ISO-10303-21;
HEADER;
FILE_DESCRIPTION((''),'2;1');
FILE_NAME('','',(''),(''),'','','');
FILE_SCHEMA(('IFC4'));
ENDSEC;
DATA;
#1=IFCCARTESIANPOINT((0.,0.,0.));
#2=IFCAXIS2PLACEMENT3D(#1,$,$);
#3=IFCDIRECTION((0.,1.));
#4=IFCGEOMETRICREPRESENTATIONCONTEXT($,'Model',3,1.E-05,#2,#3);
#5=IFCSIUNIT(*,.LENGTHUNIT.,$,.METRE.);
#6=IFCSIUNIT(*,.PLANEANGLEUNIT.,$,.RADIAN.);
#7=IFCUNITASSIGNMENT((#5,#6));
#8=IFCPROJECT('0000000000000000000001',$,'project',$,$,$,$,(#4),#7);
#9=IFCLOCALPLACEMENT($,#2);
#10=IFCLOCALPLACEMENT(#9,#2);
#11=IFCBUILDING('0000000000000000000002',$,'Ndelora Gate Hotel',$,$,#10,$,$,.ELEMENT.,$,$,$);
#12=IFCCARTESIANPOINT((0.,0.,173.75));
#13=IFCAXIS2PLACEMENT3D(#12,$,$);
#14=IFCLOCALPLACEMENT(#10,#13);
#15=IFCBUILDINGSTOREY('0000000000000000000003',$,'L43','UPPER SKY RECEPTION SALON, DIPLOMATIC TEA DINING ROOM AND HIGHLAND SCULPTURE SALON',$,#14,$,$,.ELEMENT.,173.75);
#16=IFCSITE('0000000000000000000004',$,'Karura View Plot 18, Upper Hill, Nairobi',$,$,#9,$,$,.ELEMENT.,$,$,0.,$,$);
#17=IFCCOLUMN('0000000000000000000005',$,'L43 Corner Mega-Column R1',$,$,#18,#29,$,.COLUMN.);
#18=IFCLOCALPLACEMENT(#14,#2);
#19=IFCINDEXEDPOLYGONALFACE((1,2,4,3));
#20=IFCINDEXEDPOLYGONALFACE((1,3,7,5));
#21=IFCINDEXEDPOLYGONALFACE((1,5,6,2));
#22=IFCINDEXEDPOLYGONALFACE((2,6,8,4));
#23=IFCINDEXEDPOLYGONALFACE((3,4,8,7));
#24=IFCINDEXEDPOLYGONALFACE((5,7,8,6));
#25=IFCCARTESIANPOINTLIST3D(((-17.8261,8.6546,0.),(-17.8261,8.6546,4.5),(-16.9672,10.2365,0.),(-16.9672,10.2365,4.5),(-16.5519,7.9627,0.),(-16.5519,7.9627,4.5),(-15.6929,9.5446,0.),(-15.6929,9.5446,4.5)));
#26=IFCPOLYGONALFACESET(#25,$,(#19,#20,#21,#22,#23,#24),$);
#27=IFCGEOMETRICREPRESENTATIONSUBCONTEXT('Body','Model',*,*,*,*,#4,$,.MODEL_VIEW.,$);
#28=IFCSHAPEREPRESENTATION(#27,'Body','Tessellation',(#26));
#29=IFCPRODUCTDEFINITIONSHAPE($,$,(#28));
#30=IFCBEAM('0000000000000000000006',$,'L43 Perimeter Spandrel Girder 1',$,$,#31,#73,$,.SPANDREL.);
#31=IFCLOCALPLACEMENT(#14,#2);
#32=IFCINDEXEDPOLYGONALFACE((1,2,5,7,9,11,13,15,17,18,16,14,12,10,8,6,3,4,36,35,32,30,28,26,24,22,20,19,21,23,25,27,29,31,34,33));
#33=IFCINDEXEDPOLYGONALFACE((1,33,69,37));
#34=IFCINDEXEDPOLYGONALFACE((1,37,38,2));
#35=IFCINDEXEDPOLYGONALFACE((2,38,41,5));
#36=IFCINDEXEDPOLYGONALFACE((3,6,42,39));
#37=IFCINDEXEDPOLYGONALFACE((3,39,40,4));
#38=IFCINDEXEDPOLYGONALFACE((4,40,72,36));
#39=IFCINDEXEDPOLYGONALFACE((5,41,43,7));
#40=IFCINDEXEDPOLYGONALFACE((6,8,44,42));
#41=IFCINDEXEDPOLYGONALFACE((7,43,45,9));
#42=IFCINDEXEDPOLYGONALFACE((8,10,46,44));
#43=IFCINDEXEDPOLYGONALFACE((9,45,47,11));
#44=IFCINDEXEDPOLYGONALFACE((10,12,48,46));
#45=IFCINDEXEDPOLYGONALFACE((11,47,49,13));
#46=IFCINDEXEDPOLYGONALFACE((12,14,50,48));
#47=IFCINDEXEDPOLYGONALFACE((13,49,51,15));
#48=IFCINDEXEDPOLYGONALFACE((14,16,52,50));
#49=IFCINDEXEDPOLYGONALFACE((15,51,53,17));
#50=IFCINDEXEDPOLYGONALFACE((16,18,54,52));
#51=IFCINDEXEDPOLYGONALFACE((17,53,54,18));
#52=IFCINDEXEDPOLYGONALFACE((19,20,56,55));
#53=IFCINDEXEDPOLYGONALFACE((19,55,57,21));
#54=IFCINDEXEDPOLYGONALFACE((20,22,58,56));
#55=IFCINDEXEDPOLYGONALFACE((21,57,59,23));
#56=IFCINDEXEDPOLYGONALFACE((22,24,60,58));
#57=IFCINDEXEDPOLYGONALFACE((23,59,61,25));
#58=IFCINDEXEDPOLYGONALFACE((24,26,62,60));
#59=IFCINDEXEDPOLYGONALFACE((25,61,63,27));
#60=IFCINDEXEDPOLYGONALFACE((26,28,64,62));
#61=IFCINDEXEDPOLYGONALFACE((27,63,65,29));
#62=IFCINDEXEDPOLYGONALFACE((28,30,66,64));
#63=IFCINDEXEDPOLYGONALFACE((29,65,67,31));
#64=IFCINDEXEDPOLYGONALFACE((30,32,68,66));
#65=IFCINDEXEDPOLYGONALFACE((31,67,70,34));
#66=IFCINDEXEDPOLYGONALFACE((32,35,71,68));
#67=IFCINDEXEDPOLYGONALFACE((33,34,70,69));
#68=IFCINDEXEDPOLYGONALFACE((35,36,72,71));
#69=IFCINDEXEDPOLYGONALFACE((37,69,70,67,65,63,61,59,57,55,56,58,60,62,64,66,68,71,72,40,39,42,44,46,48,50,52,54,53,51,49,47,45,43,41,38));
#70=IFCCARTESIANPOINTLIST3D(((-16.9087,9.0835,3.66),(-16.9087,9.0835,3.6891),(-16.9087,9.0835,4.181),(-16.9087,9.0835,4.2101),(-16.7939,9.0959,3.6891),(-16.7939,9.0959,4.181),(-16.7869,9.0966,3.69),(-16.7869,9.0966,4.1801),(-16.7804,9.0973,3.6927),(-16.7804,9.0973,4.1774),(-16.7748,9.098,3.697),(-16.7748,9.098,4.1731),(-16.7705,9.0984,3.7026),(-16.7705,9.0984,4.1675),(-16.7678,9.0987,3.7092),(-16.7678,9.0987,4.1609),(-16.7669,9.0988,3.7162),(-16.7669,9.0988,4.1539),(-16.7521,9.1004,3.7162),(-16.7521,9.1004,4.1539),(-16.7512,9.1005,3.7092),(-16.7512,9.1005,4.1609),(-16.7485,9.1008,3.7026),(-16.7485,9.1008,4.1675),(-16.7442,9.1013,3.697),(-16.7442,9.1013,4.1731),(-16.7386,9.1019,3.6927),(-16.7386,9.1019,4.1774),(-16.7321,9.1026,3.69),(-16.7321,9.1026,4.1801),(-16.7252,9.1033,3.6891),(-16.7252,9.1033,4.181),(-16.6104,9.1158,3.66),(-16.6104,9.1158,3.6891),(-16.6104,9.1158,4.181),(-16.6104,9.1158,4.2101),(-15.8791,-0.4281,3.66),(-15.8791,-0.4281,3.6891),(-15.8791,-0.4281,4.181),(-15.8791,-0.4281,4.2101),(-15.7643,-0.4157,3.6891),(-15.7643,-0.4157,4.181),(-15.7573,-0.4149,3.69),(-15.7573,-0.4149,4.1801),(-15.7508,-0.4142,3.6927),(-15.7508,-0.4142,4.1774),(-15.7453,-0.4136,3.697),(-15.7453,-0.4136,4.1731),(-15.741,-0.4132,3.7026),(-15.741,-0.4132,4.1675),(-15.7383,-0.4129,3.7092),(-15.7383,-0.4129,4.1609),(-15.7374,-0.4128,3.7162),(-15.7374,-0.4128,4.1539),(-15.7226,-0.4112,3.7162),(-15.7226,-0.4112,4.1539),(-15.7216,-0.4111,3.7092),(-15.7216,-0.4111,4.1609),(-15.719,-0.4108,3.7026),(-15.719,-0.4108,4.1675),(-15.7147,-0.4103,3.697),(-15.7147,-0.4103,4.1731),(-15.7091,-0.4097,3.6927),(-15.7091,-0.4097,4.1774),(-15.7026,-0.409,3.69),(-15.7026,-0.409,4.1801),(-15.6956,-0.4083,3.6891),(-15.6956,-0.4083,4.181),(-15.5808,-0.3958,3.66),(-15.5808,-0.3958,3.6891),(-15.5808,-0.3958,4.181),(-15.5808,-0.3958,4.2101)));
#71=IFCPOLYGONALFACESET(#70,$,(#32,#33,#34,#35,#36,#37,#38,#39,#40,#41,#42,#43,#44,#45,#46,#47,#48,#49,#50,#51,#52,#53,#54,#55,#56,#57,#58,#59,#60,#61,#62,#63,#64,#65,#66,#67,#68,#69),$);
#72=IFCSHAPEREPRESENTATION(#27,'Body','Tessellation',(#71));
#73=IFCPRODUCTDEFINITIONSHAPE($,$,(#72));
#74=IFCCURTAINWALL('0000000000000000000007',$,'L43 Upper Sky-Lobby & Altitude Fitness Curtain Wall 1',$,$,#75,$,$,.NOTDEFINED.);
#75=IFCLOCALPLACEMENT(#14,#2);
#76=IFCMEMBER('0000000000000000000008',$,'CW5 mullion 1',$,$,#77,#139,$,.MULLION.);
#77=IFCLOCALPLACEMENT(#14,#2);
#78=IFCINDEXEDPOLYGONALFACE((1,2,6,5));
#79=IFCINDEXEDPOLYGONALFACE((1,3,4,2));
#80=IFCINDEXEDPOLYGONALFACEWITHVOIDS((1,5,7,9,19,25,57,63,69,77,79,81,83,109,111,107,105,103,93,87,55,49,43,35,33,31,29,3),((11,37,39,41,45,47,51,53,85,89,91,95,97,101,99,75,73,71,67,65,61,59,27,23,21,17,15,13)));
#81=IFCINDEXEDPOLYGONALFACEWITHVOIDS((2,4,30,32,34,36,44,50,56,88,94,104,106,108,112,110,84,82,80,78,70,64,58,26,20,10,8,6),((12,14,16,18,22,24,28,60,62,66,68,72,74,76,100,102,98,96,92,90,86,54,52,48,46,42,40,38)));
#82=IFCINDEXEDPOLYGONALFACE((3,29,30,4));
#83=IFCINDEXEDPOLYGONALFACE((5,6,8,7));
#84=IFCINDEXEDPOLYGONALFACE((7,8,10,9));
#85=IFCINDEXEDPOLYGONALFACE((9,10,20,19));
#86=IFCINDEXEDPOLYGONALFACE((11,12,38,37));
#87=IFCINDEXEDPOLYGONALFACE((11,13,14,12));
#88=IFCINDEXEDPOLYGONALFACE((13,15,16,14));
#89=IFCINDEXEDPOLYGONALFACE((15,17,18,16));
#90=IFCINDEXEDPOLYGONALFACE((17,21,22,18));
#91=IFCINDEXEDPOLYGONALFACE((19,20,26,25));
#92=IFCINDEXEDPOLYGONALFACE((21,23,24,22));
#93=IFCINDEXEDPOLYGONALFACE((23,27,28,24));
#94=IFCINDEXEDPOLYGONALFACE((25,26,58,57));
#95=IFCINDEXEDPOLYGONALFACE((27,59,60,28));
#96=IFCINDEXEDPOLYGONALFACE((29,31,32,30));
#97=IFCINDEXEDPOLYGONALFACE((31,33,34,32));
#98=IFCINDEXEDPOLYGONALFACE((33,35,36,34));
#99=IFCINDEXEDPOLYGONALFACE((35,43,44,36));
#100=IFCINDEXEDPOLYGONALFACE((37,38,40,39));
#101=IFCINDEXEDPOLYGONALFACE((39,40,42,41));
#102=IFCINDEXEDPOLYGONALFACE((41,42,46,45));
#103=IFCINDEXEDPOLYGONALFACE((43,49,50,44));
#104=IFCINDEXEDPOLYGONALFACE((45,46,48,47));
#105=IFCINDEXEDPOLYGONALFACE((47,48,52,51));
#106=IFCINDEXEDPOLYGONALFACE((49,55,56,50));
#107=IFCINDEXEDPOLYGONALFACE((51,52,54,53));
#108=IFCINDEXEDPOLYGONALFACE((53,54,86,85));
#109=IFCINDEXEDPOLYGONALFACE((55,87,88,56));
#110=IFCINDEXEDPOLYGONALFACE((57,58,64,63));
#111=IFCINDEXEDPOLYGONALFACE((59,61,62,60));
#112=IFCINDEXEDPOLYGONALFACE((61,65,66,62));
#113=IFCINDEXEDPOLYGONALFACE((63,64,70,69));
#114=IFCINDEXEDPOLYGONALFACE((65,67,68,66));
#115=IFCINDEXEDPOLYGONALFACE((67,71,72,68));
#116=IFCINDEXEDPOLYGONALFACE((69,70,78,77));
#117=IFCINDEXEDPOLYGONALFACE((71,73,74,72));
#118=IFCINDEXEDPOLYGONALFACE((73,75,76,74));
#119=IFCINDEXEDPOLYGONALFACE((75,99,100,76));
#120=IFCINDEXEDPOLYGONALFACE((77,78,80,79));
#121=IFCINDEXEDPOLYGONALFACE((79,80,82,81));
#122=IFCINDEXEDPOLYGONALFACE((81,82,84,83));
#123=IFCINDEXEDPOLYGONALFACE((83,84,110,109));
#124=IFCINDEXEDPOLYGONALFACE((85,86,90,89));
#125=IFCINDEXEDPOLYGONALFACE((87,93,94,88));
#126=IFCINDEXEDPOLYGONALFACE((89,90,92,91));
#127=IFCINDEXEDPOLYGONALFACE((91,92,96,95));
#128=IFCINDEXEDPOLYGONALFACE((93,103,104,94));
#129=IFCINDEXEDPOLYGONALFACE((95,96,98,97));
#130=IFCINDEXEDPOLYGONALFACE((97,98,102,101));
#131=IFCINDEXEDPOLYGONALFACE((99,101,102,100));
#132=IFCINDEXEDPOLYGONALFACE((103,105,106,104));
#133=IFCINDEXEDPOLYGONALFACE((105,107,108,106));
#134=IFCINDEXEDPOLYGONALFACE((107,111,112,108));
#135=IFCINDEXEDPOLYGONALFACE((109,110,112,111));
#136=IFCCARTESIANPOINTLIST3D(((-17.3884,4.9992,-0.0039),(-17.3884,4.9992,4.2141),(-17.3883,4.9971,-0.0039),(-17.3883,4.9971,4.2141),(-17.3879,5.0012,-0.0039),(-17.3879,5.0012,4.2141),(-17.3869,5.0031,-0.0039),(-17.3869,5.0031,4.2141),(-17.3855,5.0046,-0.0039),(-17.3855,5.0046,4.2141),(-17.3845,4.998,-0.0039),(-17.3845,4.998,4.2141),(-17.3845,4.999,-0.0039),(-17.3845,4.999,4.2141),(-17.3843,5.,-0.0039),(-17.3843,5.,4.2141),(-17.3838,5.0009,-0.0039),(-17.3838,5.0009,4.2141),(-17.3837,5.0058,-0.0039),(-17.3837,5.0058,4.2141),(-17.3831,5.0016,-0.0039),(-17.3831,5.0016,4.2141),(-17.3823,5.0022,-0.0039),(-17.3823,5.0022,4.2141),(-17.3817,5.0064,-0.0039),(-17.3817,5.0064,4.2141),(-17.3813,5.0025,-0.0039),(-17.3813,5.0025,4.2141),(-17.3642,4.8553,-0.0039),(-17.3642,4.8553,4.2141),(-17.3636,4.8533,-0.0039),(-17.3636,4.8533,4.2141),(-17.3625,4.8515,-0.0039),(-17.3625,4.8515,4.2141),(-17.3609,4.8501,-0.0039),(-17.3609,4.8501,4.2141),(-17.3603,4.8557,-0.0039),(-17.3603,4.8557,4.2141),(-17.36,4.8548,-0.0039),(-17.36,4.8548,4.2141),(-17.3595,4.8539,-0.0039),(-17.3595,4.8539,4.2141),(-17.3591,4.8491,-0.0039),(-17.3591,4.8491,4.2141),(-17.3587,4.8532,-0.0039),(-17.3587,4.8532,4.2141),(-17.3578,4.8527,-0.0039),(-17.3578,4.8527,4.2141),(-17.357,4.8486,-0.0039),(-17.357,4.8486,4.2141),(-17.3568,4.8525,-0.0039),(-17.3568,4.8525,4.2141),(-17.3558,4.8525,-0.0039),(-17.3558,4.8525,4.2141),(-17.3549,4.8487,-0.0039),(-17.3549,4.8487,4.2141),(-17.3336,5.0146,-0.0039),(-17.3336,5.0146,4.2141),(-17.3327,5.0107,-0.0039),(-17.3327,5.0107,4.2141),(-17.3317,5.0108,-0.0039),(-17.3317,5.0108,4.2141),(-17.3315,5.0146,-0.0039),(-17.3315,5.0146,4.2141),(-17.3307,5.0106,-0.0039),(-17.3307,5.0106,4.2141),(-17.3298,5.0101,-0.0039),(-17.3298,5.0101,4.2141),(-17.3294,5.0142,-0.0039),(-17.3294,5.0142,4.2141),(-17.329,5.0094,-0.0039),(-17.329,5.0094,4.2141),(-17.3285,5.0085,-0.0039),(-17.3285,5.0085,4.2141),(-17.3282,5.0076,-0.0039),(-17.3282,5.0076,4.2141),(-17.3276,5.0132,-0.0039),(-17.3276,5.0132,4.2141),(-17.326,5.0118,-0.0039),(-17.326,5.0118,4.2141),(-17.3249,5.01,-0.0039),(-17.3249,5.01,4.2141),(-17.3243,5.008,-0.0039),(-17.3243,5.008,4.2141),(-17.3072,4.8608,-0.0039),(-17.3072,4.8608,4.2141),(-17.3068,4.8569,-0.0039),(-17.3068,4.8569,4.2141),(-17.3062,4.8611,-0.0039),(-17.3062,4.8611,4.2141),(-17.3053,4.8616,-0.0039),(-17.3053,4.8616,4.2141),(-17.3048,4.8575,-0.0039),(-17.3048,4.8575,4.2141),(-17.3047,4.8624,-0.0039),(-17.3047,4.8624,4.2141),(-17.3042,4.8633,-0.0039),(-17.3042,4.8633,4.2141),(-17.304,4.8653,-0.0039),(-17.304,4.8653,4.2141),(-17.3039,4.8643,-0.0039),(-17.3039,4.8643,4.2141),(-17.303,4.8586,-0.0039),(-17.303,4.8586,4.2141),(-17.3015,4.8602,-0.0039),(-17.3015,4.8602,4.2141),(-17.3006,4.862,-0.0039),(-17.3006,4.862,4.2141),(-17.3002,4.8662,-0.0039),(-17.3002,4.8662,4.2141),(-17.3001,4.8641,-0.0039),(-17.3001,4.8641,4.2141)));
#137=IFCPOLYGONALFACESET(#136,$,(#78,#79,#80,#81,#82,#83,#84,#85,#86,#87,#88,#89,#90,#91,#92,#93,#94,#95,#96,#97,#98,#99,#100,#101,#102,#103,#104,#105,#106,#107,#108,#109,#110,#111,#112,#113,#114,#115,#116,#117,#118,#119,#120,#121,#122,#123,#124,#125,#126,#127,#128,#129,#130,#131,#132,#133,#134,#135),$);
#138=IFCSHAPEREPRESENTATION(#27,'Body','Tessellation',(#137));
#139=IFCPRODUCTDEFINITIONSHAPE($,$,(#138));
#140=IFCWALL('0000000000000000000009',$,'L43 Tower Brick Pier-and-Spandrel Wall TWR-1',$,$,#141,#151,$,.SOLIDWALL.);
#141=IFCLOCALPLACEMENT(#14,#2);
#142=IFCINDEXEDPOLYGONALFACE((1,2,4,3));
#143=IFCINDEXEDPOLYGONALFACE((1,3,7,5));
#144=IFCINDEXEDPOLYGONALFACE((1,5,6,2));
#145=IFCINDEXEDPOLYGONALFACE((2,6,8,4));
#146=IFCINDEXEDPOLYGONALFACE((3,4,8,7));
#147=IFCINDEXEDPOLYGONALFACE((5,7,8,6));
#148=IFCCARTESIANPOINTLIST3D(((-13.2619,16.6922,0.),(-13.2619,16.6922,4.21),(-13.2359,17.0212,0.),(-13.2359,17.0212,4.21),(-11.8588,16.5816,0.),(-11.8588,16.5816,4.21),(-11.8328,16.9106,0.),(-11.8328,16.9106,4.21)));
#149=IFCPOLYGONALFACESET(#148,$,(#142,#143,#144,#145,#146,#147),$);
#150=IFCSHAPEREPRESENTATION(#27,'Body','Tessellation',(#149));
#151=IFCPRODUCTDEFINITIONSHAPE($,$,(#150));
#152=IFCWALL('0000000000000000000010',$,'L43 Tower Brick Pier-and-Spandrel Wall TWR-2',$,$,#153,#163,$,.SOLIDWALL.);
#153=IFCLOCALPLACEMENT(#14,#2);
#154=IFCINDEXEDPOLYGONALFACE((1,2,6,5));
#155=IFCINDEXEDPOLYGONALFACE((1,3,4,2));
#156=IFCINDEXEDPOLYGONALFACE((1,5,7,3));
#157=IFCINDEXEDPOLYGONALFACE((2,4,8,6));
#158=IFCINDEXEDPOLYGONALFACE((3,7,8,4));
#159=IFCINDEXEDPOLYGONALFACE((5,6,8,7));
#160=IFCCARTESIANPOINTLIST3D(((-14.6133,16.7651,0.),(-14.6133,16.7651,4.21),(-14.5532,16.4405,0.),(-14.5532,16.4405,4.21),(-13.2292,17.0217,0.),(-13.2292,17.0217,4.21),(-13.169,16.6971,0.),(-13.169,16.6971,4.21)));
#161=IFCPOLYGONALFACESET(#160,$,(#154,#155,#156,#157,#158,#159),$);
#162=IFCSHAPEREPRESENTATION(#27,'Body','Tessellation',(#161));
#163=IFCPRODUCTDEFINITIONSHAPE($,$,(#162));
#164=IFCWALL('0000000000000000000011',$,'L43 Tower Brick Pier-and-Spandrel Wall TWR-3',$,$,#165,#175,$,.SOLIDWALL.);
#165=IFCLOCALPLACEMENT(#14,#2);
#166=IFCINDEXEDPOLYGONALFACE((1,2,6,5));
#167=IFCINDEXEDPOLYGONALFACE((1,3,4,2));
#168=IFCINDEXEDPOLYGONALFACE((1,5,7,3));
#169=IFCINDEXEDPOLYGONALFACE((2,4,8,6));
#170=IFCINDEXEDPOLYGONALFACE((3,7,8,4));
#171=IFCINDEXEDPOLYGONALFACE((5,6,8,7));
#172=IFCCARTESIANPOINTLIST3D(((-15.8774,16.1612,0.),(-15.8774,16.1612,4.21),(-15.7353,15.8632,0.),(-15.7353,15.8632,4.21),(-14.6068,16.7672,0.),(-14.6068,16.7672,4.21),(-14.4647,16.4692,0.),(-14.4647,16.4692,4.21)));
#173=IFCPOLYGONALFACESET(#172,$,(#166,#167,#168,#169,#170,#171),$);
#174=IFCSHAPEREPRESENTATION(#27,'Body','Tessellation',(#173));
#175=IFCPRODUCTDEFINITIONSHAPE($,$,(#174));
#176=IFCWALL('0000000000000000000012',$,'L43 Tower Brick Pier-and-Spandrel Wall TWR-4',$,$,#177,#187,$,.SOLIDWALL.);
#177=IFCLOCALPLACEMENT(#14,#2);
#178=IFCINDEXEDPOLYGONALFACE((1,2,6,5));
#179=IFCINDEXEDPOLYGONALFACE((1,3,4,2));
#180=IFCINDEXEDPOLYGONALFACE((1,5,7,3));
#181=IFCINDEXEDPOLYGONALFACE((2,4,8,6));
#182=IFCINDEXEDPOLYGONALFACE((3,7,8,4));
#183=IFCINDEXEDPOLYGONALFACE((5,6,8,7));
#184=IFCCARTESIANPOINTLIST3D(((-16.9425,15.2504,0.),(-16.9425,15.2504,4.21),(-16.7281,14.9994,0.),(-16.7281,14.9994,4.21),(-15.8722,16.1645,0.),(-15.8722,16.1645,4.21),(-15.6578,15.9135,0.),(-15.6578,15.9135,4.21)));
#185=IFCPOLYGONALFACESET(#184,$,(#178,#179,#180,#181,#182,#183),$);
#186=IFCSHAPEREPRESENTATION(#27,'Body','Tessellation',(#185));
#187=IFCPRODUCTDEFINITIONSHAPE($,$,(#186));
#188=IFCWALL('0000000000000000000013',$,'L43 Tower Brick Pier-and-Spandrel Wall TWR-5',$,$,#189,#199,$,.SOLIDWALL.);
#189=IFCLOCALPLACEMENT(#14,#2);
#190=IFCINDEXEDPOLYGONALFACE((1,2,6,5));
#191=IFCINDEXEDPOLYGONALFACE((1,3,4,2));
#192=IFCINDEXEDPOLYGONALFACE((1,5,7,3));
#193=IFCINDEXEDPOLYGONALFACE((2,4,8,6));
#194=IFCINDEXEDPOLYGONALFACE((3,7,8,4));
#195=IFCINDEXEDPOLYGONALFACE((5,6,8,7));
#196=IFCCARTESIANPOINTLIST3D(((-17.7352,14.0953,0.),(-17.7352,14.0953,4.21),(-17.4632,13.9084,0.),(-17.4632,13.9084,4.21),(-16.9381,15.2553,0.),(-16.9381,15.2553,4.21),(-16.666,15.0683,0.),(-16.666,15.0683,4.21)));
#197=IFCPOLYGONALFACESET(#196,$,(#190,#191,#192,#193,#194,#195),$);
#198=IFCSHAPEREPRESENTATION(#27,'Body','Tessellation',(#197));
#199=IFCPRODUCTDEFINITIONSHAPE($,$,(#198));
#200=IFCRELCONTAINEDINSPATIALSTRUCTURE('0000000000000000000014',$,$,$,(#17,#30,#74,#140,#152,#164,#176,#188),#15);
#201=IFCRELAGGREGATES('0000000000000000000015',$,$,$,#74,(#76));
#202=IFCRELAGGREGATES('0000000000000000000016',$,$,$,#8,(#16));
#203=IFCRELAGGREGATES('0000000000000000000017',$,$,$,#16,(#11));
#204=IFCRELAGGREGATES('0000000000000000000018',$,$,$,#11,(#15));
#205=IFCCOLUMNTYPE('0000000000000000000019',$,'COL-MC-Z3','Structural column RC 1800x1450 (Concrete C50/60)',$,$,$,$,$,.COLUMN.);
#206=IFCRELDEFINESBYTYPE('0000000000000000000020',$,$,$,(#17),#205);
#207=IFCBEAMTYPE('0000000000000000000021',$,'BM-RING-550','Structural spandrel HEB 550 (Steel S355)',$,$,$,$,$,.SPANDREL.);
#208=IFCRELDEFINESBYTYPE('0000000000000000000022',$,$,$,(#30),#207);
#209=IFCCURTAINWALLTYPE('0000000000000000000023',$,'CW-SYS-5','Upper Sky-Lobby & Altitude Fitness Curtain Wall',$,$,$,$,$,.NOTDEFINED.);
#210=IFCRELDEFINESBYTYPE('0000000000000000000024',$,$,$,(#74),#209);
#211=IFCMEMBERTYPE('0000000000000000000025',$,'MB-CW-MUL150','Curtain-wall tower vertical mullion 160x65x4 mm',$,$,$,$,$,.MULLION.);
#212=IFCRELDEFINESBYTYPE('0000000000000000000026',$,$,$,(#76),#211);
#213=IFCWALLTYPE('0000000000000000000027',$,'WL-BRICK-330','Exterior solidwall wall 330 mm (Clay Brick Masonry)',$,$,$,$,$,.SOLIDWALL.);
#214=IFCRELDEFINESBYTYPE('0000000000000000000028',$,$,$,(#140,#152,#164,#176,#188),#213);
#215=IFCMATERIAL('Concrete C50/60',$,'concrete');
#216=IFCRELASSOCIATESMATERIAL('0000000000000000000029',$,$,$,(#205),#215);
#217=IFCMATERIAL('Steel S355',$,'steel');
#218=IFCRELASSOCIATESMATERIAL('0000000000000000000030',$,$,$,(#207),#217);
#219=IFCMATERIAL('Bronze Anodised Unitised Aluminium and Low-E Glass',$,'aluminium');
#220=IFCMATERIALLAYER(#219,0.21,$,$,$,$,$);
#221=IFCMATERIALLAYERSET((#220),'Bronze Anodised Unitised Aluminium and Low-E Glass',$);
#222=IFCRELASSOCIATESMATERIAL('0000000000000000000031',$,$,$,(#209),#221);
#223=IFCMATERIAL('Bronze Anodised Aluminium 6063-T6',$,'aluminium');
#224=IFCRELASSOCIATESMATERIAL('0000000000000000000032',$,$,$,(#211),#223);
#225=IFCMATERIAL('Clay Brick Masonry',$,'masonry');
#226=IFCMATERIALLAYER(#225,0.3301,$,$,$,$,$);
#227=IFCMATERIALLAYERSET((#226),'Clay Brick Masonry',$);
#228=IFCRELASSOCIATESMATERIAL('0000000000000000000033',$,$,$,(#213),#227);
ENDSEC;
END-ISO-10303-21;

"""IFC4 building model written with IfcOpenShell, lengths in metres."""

from ifc_helpers import new_model, si_unit, direction, frame, frame_2d, origin, origin_2d, place, context, subcontext, project, spatial, rectangle, hollow_rectangle, i_section, extrude, material, layer, layer_set, material_profile, profile_set, type_object, element, aggregate, save


model = new_model("IFC4")

# Units and contexts
model_context = context("Model", 3, precision=1e-05, world=origin(), true_north=direction((0.0, 1.0)))
body_context = subcontext(model_context, "Body", "Model", "MODEL_VIEW")
ifc_project = project(units=[si_unit("LENGTHUNIT", "METRE"), si_unit("PLANEANGLEUNIT", "RADIAN")], contexts=[model_context])

# Site, building, storey
site_placement = place(None, origin())
site = spatial("IfcSite", under=ifc_project, at=site_placement, Name="Karura View Plot 18, Upper Hill, Nairobi", CompositionType="ELEMENT", RefElevation=0.0)
building_placement = place(site_placement, origin())
building = spatial("IfcBuilding", under=site, at=building_placement, Name="Ndelora Gate Hotel", CompositionType="ELEMENT")
storey_placement = place(building_placement, frame((0.0, 0.0, 173.75)))
storey = spatial("IfcBuildingStorey", under=building, at=storey_placement, Name="L43", Description="UPPER SKY RECEPTION SALON, DIPLOMATIC TEA DINING ROOM AND HIGHLAND SCULPTURE SALON", CompositionType="ELEMENT", Elevation=173.75)

# Column
ifc_material_1 = material(Name="Concrete C50/60", Category="concrete")
ifc_material_profile_1 = material_profile(ifc_material_1, rectangle(XDim=1.45, YDim=1.8, at=origin_2d()), Name="RC 1800x1450")
ifc_profile_set_1 = profile_set([ifc_material_profile_1], Name="Concrete C50/60")
column_type = type_object("IfcColumnType", Name="COL-MC-Z3", Description="Structural column RC 1800x1450 (Concrete C50/60)", PredefinedType="COLUMN", material=ifc_profile_set_1)
column_placement = place(storey_placement, frame((-16.7595, 9.0996, 0.0), z_axis=(0.0, 0.0, 1.0), x_axis=(-0.878817, 0.477159, 0.0)))
element("IfcColumn", 1, at=column_placement, inside=storey, type_object=column_type, Name="L43 Corner Mega-Column R1", PredefinedType="COLUMN", context=body_context, shape_type="SweptSolid", body=[
    extrude(rectangle(XDim=1.45, YDim=1.8, at=origin_2d()), origin(), (0.0, 0.0, 1.0), 4.5),
])

# Beam
ifc_material_2 = material(Name="Steel S355", Category="steel")
ifc_material_profile_2 = material_profile(ifc_material_2, i_section(OverallWidth=0.3, OverallDepth=0.55, WebThickness=0.0149, FlangeThickness=0.0291, FilletRadius=0.0271, at=origin_2d()), Name="HEB 550")
ifc_profile_set_2 = profile_set([ifc_material_profile_2], Name="Steel S355")
beam_type = type_object("IfcBeamType", Name="BM-RING-550", Description="Structural spandrel HEB 550 (Steel S355)", PredefinedType="SPANDREL", material=ifc_profile_set_2)
beam_placement = place(storey_placement, frame((-16.7595, 9.0996, 3.9351), z_axis=(0.107613, -0.994193, 0.0), x_axis=(0.994193, 0.107613, 0.0)))
element("IfcBeam", 2, at=beam_placement, inside=storey, type_object=beam_type, Name="L43 Perimeter Spandrel Girder 1", PredefinedType="SPANDREL", context=body_context, shape_type="SweptSolid", body=[
    extrude(i_section(OverallWidth=0.3, OverallDepth=0.55, WebThickness=0.0149, FlangeThickness=0.0291, FilletRadius=0.0271, at=origin_2d()), origin(), (0.0, 0.0, 1.0), 9.5671),
])

# Curtain wall, member
ifc_material_3 = material(Name="Bronze Anodised Unitised Aluminium and Low-E Glass", Category="aluminium")
ifc_layer_1 = layer(ifc_material_3, 0.21)
ifc_layer_set_1 = layer_set([ifc_layer_1], Name="Bronze Anodised Unitised Aluminium and Low-E Glass")
curtain_wall_type = type_object("IfcCurtainWallType", Name="CW-SYS-5", Description="Upper Sky-Lobby & Altitude Fitness Curtain Wall", PredefinedType="NOTDEFINED", material=ifc_layer_set_1)
curtain_wall_placement = place(storey_placement, origin())
curtain_wall = element("IfcCurtainWall", 3, at=curtain_wall_placement, inside=storey, type_object=curtain_wall_type, Name="L43 Upper Sky-Lobby & Altitude Fitness Curtain Wall 1", PredefinedType="NOTDEFINED")
ifc_material_4 = material(Name="Bronze Anodised Aluminium 6063-T6", Category="aluminium")
ifc_material_profile_3 = material_profile(ifc_material_4, hollow_rectangle(XDim=0.0649, YDim=0.1599, WallThickness=0.0039, InnerFilletRadius=0.0039, OuterFilletRadius=0.0081, at=origin_2d()), Name="ALU 160x65x4")
ifc_profile_set_3 = profile_set([ifc_material_profile_3], Name="Bronze Anodised Aluminium 6063-T6")
member_type = type_object("IfcMemberType", Name="MB-CW-MUL150", Description="Curtain-wall tower vertical mullion 160x65x4 mm", PredefinedType="MULLION", material=ifc_profile_set_3)
member_placement = place(storey_placement, frame((-17.3442, 4.9316, -0.0039), z_axis=(0.0, 0.0, 1.0), x_axis=(0.985857, 0.167588, 0.0)))
member = element("IfcMember", 4, at=member_placement, type_object=member_type, Name="CW5 mullion 1", PredefinedType="MULLION", context=body_context, shape_type="SweptSolid", body=[
    extrude(hollow_rectangle(XDim=0.0649, YDim=0.1599, WallThickness=0.0039, InnerFilletRadius=0.0039, OuterFilletRadius=0.0081, at=origin_2d()), origin(), (0.0, 0.0, 1.0), 4.218),
])
aggregate(curtain_wall, [member])

# Walls
ifc_material_5 = material(Name="Clay Brick Masonry", Category="masonry")
ifc_layer_2 = layer(ifc_material_5, 0.3301)
ifc_layer_set_2 = layer_set([ifc_layer_2], Name="Clay Brick Masonry")
wall_type_1 = type_object("IfcWallType", Name="WL-BRICK-330", Description="Exterior solidwall wall 330 mm (Clay Brick Masonry)", PredefinedType="SOLIDWALL", material=ifc_layer_set_2)
wall_1_placement = place(storey_placement, frame((-13.2488, 16.8567, 0.0), z_axis=(0.0, 0.0, 1.0), x_axis=(0.996908, -0.07858, 0.0)))
element("IfcWall", 5, at=wall_1_placement, inside=storey, type_object=wall_type_1, Name="L43 Tower Brick Pier-and-Spandrel Wall TWR-1", PredefinedType="SOLIDWALL", context=body_context, shape_type="SweptSolid", body=[
    extrude(rectangle(XDim=1.4075, YDim=0.3301, at=frame_2d((0.7036, 0.0))), origin(), (0.0, 0.0, 1.0), 4.21),
])
for number, where, z_axis, x_axis, name in (
    (6, (-14.5833, 16.6028, 0.0), (0.0, 0.0, 1.0), (0.983245, 0.182288, 0.0), "L43 Tower Brick Pier-and-Spandrel Wall TWR-2"),
    (7, (-15.8064, 16.0122, 0.0), (0.0, 0.0, 1.0), (0.902597, 0.430486, 0.0), "L43 Tower Brick Pier-and-Spandrel Wall TWR-3"),
):
    element("IfcWall", number, at=place(storey_placement, frame(where, z_axis=z_axis, x_axis=x_axis)), inside=storey, type_object=wall_type_1, Name=name, PredefinedType="SOLIDWALL", context=body_context, shape_type="SweptSolid", body=[
        extrude(rectangle(XDim=1.4077, YDim=0.3301, at=frame_2d((0.7039, 0.0))), origin(), (0.0, 0.0, 1.0), 4.21),
    ])
for number, where, z_axis, x_axis, name in (
    (8, (-16.8352, 15.125, 0.0), (0.0, 0.0, 1.0), (0.760431, 0.649419, 0.0), "L43 Tower Brick Pier-and-Spandrel Wall TWR-4"),
    (9, (-17.5991, 14.002, 0.0), (0.0, 0.0, 1.0), (0.566374, 0.824148, 0.0), "L43 Tower Brick Pier-and-Spandrel Wall TWR-5"),
):
    element("IfcWall", number, at=place(storey_placement, frame(where, z_axis=z_axis, x_axis=x_axis)), inside=storey, type_object=wall_type_1, Name=name, PredefinedType="SOLIDWALL", context=body_context, shape_type="SweptSolid", body=[
        extrude(rectangle(XDim=1.4075, YDim=0.3301, at=frame_2d((0.7036, 0.0))), origin(), (0.0, 0.0, 1.0), 4.21),
    ])

save(model, "model.ifc")
